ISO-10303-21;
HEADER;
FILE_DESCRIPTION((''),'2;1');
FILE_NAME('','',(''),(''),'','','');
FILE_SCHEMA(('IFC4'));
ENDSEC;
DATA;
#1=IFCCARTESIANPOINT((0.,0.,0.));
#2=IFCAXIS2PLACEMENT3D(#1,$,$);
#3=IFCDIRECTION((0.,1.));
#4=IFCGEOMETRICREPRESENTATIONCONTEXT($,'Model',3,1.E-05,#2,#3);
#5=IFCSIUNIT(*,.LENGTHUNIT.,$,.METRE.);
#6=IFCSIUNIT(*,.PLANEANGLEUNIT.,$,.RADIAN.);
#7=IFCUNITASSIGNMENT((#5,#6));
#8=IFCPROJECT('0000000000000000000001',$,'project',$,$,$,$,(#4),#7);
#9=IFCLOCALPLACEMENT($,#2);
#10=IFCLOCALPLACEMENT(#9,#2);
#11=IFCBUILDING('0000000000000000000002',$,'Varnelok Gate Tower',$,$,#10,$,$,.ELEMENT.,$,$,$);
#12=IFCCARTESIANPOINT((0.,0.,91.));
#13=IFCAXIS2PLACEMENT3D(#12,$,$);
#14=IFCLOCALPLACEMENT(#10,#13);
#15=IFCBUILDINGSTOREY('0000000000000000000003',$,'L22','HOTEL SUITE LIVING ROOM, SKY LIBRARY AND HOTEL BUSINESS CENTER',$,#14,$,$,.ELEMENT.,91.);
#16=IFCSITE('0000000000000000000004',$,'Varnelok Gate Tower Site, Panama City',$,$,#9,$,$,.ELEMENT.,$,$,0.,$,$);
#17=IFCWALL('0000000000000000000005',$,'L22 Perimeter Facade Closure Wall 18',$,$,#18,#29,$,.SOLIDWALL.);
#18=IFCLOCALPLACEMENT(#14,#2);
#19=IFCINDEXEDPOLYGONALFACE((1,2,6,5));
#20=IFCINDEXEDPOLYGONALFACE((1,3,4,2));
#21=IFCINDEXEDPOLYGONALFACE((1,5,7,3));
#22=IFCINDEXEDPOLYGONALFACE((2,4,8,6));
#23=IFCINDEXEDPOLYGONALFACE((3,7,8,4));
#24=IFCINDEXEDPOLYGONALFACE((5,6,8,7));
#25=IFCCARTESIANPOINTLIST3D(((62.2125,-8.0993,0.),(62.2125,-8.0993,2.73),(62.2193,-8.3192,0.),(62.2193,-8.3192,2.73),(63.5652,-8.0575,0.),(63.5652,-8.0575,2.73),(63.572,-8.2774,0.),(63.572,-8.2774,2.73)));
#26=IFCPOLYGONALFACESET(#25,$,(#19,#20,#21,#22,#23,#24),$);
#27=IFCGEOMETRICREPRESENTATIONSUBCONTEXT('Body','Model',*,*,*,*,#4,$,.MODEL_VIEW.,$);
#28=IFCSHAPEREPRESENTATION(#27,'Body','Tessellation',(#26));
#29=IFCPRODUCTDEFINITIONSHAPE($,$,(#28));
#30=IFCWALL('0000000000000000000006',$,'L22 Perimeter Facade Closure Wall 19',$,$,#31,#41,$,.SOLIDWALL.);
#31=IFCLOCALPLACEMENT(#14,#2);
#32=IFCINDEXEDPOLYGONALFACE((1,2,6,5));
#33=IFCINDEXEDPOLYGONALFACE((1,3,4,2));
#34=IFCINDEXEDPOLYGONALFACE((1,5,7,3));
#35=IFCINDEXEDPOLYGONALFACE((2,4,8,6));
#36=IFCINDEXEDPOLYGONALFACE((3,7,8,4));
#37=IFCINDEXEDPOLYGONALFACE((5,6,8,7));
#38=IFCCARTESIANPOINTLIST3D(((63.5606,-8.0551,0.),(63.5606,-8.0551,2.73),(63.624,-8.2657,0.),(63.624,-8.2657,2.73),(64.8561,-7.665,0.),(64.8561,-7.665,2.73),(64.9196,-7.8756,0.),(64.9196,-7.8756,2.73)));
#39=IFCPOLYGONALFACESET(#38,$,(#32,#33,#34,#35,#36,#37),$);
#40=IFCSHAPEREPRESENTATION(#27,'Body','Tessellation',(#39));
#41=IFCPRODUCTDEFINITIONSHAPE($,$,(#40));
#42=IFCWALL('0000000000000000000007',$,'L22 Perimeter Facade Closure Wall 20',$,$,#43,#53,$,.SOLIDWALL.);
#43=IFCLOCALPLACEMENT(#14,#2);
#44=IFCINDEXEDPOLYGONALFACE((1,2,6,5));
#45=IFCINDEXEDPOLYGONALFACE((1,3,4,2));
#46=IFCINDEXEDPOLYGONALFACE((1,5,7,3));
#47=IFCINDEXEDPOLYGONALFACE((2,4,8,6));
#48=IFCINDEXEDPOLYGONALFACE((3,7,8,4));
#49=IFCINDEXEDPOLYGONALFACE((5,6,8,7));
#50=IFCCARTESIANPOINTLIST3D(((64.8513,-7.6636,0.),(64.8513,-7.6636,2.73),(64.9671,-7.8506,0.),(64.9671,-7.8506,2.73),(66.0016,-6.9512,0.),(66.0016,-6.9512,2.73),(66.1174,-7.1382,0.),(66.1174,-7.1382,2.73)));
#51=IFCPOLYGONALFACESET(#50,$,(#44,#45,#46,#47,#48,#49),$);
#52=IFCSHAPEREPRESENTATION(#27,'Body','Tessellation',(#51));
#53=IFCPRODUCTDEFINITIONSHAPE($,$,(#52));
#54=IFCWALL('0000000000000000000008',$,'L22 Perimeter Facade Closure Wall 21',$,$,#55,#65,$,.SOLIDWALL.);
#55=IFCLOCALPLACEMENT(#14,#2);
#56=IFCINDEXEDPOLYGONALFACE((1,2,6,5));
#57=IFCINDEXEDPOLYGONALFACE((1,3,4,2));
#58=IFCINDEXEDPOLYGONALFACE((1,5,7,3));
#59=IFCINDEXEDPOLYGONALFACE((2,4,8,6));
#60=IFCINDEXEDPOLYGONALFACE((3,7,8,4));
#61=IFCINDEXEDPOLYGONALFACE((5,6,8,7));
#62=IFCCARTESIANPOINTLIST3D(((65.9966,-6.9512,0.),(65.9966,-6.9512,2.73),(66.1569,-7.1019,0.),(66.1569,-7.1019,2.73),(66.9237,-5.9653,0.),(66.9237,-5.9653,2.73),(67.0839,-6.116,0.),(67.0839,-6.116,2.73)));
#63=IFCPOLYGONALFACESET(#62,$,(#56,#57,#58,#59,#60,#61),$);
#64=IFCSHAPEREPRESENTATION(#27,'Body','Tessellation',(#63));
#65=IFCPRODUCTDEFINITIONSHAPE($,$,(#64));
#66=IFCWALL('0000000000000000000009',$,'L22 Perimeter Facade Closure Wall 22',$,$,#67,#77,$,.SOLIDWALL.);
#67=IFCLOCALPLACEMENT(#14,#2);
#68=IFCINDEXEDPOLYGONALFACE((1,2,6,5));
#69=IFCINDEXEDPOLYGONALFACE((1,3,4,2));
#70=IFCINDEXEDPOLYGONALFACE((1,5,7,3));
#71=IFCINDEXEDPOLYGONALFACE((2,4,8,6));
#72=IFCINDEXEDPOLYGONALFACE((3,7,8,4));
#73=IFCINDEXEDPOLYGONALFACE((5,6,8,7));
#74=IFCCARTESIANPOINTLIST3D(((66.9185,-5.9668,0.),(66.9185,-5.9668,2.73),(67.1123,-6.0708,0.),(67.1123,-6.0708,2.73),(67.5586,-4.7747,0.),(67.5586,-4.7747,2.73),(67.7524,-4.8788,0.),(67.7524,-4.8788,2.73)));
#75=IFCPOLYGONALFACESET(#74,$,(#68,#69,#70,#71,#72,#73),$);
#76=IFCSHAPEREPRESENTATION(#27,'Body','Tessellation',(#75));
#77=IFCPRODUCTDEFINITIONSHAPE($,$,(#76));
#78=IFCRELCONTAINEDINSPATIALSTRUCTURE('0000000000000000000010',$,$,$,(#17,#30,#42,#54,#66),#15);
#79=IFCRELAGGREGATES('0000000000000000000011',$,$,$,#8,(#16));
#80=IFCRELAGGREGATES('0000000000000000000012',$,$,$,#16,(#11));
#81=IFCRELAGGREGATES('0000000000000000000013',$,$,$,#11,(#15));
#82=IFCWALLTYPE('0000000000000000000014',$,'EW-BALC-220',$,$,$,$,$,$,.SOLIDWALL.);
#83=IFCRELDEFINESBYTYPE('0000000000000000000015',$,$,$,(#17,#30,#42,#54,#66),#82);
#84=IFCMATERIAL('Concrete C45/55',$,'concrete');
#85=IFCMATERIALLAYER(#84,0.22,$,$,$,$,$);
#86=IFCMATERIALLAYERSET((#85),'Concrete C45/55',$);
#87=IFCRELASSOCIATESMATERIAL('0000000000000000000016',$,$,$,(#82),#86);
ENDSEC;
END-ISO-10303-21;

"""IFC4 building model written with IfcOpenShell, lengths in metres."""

from ifc_helpers import new_model, si_unit, direction, frame, frame_2d, origin, place, context, subcontext, project, spatial, rectangle, extrude, material, layer, layer_set, type_object, element, save


model = new_model("IFC4")

# Units and contexts
model_context = context("Model", 3, precision=1e-05, world=origin(), true_north=direction((0.0, 1.0)))
body_context = subcontext(model_context, "Body", "Model", "MODEL_VIEW")
ifc_project = project(units=[si_unit("LENGTHUNIT", "METRE"), si_unit("PLANEANGLEUNIT", "RADIAN")], contexts=[model_context])

# Site, building, storey
site_placement = place(None, origin())
site = spatial("IfcSite", under=ifc_project, at=site_placement, Name="Varnelok Gate Tower Site, Panama City", CompositionType="ELEMENT", RefElevation=0.0)
building_placement = place(site_placement, origin())
building = spatial("IfcBuilding", under=site, at=building_placement, Name="Varnelok Gate Tower", CompositionType="ELEMENT")
storey_placement = place(building_placement, frame((0.0, 0.0, 91.0)))
storey = spatial("IfcBuildingStorey", under=building, at=storey_placement, Name="L22", Description="HOTEL SUITE LIVING ROOM, SKY LIBRARY AND HOTEL BUSINESS CENTER", CompositionType="ELEMENT", Elevation=91.0)

# Walls
ifc_material_1 = material(Name="Concrete C45/55", Category="concrete")
ifc_layer_1 = layer(ifc_material_1, 0.22)
ifc_layer_set_1 = layer_set([ifc_layer_1], Name="Concrete C45/55")
wall_type = type_object("IfcWallType", Name="EW-BALC-220", PredefinedType="SOLIDWALL", material=ifc_layer_set_1)
wall_1_placement = place(storey_placement, frame((62.2158, -8.2092, 0.0), z_axis=(0.0, 0.0, 1.0), x_axis=(0.999524, 0.030852, 0.0)))
element("IfcWall", 1, at=wall_1_placement, inside=storey, type_object=wall_type, Name="L22 Perimeter Facade Closure Wall 18", PredefinedType="SOLIDWALL", context=body_context, shape_type="SweptSolid", body=[
    extrude(rectangle(XDim=1.3533, YDim=0.22, at=frame_2d((0.6768, 0.0))), origin(), (0.0, 0.0, 1.0), 2.73),
])
for number, where, z_axis, x_axis, name in (
    (2, (63.5923, -8.1604, 0.0), (0.0, 0.0, 1.0), (0.957533, 0.288324, 0.0), "L22 Perimeter Facade Closure Wall 19"),
    (3, (64.9092, -7.7571, 0.0), (0.0, 0.0, 1.0), (0.850181, 0.526491, 0.0), "L22 Perimeter Facade Closure Wall 20"),
):
    element("IfcWall", number, at=place(storey_placement, frame(where, z_axis=z_axis, x_axis=x_axis)), inside=storey, type_object=wall_type, Name=name, PredefinedType="SOLIDWALL", context=body_context, shape_type="SweptSolid", body=[
        extrude(rectangle(XDim=1.353, YDim=0.22, at=frame_2d((0.6765, 0.0))), origin(), (0.0, 0.0, 1.0), 2.73),
    ])
wall_2_placement = place(storey_placement, frame((66.0767, -7.0266, 0.0), z_axis=(0.0, 0.0, 1.0), x_axis=(0.685033, 0.728512, 0.0)))
element("IfcWall", 4, at=wall_2_placement, inside=storey, type_object=wall_type, Name="L22 Perimeter Facade Closure Wall 21", PredefinedType="SOLIDWALL", context=body_context, shape_type="SweptSolid", body=[
    extrude(rectangle(XDim=1.3533, YDim=0.22, at=frame_2d((0.6768, 0.0))), origin(), (0.0, 0.0, 1.0), 2.73),
])
wall_3_placement = place(storey_placement, frame((67.0154, -6.0188, 0.0), z_axis=(0.0, 0.0, 1.0), x_axis=(0.473077, 0.881021, 0.0)))
element("IfcWall", 5, at=wall_3_placement, inside=storey, type_object=wall_type, Name="L22 Perimeter Facade Closure Wall 22", PredefinedType="SOLIDWALL", context=body_context, shape_type="SweptSolid", body=[
    extrude(rectangle(XDim=1.353, YDim=0.22, at=frame_2d((0.6765, 0.0))), origin(), (0.0, 0.0, 1.0), 2.73),
])

save(model, "model.ifc")
